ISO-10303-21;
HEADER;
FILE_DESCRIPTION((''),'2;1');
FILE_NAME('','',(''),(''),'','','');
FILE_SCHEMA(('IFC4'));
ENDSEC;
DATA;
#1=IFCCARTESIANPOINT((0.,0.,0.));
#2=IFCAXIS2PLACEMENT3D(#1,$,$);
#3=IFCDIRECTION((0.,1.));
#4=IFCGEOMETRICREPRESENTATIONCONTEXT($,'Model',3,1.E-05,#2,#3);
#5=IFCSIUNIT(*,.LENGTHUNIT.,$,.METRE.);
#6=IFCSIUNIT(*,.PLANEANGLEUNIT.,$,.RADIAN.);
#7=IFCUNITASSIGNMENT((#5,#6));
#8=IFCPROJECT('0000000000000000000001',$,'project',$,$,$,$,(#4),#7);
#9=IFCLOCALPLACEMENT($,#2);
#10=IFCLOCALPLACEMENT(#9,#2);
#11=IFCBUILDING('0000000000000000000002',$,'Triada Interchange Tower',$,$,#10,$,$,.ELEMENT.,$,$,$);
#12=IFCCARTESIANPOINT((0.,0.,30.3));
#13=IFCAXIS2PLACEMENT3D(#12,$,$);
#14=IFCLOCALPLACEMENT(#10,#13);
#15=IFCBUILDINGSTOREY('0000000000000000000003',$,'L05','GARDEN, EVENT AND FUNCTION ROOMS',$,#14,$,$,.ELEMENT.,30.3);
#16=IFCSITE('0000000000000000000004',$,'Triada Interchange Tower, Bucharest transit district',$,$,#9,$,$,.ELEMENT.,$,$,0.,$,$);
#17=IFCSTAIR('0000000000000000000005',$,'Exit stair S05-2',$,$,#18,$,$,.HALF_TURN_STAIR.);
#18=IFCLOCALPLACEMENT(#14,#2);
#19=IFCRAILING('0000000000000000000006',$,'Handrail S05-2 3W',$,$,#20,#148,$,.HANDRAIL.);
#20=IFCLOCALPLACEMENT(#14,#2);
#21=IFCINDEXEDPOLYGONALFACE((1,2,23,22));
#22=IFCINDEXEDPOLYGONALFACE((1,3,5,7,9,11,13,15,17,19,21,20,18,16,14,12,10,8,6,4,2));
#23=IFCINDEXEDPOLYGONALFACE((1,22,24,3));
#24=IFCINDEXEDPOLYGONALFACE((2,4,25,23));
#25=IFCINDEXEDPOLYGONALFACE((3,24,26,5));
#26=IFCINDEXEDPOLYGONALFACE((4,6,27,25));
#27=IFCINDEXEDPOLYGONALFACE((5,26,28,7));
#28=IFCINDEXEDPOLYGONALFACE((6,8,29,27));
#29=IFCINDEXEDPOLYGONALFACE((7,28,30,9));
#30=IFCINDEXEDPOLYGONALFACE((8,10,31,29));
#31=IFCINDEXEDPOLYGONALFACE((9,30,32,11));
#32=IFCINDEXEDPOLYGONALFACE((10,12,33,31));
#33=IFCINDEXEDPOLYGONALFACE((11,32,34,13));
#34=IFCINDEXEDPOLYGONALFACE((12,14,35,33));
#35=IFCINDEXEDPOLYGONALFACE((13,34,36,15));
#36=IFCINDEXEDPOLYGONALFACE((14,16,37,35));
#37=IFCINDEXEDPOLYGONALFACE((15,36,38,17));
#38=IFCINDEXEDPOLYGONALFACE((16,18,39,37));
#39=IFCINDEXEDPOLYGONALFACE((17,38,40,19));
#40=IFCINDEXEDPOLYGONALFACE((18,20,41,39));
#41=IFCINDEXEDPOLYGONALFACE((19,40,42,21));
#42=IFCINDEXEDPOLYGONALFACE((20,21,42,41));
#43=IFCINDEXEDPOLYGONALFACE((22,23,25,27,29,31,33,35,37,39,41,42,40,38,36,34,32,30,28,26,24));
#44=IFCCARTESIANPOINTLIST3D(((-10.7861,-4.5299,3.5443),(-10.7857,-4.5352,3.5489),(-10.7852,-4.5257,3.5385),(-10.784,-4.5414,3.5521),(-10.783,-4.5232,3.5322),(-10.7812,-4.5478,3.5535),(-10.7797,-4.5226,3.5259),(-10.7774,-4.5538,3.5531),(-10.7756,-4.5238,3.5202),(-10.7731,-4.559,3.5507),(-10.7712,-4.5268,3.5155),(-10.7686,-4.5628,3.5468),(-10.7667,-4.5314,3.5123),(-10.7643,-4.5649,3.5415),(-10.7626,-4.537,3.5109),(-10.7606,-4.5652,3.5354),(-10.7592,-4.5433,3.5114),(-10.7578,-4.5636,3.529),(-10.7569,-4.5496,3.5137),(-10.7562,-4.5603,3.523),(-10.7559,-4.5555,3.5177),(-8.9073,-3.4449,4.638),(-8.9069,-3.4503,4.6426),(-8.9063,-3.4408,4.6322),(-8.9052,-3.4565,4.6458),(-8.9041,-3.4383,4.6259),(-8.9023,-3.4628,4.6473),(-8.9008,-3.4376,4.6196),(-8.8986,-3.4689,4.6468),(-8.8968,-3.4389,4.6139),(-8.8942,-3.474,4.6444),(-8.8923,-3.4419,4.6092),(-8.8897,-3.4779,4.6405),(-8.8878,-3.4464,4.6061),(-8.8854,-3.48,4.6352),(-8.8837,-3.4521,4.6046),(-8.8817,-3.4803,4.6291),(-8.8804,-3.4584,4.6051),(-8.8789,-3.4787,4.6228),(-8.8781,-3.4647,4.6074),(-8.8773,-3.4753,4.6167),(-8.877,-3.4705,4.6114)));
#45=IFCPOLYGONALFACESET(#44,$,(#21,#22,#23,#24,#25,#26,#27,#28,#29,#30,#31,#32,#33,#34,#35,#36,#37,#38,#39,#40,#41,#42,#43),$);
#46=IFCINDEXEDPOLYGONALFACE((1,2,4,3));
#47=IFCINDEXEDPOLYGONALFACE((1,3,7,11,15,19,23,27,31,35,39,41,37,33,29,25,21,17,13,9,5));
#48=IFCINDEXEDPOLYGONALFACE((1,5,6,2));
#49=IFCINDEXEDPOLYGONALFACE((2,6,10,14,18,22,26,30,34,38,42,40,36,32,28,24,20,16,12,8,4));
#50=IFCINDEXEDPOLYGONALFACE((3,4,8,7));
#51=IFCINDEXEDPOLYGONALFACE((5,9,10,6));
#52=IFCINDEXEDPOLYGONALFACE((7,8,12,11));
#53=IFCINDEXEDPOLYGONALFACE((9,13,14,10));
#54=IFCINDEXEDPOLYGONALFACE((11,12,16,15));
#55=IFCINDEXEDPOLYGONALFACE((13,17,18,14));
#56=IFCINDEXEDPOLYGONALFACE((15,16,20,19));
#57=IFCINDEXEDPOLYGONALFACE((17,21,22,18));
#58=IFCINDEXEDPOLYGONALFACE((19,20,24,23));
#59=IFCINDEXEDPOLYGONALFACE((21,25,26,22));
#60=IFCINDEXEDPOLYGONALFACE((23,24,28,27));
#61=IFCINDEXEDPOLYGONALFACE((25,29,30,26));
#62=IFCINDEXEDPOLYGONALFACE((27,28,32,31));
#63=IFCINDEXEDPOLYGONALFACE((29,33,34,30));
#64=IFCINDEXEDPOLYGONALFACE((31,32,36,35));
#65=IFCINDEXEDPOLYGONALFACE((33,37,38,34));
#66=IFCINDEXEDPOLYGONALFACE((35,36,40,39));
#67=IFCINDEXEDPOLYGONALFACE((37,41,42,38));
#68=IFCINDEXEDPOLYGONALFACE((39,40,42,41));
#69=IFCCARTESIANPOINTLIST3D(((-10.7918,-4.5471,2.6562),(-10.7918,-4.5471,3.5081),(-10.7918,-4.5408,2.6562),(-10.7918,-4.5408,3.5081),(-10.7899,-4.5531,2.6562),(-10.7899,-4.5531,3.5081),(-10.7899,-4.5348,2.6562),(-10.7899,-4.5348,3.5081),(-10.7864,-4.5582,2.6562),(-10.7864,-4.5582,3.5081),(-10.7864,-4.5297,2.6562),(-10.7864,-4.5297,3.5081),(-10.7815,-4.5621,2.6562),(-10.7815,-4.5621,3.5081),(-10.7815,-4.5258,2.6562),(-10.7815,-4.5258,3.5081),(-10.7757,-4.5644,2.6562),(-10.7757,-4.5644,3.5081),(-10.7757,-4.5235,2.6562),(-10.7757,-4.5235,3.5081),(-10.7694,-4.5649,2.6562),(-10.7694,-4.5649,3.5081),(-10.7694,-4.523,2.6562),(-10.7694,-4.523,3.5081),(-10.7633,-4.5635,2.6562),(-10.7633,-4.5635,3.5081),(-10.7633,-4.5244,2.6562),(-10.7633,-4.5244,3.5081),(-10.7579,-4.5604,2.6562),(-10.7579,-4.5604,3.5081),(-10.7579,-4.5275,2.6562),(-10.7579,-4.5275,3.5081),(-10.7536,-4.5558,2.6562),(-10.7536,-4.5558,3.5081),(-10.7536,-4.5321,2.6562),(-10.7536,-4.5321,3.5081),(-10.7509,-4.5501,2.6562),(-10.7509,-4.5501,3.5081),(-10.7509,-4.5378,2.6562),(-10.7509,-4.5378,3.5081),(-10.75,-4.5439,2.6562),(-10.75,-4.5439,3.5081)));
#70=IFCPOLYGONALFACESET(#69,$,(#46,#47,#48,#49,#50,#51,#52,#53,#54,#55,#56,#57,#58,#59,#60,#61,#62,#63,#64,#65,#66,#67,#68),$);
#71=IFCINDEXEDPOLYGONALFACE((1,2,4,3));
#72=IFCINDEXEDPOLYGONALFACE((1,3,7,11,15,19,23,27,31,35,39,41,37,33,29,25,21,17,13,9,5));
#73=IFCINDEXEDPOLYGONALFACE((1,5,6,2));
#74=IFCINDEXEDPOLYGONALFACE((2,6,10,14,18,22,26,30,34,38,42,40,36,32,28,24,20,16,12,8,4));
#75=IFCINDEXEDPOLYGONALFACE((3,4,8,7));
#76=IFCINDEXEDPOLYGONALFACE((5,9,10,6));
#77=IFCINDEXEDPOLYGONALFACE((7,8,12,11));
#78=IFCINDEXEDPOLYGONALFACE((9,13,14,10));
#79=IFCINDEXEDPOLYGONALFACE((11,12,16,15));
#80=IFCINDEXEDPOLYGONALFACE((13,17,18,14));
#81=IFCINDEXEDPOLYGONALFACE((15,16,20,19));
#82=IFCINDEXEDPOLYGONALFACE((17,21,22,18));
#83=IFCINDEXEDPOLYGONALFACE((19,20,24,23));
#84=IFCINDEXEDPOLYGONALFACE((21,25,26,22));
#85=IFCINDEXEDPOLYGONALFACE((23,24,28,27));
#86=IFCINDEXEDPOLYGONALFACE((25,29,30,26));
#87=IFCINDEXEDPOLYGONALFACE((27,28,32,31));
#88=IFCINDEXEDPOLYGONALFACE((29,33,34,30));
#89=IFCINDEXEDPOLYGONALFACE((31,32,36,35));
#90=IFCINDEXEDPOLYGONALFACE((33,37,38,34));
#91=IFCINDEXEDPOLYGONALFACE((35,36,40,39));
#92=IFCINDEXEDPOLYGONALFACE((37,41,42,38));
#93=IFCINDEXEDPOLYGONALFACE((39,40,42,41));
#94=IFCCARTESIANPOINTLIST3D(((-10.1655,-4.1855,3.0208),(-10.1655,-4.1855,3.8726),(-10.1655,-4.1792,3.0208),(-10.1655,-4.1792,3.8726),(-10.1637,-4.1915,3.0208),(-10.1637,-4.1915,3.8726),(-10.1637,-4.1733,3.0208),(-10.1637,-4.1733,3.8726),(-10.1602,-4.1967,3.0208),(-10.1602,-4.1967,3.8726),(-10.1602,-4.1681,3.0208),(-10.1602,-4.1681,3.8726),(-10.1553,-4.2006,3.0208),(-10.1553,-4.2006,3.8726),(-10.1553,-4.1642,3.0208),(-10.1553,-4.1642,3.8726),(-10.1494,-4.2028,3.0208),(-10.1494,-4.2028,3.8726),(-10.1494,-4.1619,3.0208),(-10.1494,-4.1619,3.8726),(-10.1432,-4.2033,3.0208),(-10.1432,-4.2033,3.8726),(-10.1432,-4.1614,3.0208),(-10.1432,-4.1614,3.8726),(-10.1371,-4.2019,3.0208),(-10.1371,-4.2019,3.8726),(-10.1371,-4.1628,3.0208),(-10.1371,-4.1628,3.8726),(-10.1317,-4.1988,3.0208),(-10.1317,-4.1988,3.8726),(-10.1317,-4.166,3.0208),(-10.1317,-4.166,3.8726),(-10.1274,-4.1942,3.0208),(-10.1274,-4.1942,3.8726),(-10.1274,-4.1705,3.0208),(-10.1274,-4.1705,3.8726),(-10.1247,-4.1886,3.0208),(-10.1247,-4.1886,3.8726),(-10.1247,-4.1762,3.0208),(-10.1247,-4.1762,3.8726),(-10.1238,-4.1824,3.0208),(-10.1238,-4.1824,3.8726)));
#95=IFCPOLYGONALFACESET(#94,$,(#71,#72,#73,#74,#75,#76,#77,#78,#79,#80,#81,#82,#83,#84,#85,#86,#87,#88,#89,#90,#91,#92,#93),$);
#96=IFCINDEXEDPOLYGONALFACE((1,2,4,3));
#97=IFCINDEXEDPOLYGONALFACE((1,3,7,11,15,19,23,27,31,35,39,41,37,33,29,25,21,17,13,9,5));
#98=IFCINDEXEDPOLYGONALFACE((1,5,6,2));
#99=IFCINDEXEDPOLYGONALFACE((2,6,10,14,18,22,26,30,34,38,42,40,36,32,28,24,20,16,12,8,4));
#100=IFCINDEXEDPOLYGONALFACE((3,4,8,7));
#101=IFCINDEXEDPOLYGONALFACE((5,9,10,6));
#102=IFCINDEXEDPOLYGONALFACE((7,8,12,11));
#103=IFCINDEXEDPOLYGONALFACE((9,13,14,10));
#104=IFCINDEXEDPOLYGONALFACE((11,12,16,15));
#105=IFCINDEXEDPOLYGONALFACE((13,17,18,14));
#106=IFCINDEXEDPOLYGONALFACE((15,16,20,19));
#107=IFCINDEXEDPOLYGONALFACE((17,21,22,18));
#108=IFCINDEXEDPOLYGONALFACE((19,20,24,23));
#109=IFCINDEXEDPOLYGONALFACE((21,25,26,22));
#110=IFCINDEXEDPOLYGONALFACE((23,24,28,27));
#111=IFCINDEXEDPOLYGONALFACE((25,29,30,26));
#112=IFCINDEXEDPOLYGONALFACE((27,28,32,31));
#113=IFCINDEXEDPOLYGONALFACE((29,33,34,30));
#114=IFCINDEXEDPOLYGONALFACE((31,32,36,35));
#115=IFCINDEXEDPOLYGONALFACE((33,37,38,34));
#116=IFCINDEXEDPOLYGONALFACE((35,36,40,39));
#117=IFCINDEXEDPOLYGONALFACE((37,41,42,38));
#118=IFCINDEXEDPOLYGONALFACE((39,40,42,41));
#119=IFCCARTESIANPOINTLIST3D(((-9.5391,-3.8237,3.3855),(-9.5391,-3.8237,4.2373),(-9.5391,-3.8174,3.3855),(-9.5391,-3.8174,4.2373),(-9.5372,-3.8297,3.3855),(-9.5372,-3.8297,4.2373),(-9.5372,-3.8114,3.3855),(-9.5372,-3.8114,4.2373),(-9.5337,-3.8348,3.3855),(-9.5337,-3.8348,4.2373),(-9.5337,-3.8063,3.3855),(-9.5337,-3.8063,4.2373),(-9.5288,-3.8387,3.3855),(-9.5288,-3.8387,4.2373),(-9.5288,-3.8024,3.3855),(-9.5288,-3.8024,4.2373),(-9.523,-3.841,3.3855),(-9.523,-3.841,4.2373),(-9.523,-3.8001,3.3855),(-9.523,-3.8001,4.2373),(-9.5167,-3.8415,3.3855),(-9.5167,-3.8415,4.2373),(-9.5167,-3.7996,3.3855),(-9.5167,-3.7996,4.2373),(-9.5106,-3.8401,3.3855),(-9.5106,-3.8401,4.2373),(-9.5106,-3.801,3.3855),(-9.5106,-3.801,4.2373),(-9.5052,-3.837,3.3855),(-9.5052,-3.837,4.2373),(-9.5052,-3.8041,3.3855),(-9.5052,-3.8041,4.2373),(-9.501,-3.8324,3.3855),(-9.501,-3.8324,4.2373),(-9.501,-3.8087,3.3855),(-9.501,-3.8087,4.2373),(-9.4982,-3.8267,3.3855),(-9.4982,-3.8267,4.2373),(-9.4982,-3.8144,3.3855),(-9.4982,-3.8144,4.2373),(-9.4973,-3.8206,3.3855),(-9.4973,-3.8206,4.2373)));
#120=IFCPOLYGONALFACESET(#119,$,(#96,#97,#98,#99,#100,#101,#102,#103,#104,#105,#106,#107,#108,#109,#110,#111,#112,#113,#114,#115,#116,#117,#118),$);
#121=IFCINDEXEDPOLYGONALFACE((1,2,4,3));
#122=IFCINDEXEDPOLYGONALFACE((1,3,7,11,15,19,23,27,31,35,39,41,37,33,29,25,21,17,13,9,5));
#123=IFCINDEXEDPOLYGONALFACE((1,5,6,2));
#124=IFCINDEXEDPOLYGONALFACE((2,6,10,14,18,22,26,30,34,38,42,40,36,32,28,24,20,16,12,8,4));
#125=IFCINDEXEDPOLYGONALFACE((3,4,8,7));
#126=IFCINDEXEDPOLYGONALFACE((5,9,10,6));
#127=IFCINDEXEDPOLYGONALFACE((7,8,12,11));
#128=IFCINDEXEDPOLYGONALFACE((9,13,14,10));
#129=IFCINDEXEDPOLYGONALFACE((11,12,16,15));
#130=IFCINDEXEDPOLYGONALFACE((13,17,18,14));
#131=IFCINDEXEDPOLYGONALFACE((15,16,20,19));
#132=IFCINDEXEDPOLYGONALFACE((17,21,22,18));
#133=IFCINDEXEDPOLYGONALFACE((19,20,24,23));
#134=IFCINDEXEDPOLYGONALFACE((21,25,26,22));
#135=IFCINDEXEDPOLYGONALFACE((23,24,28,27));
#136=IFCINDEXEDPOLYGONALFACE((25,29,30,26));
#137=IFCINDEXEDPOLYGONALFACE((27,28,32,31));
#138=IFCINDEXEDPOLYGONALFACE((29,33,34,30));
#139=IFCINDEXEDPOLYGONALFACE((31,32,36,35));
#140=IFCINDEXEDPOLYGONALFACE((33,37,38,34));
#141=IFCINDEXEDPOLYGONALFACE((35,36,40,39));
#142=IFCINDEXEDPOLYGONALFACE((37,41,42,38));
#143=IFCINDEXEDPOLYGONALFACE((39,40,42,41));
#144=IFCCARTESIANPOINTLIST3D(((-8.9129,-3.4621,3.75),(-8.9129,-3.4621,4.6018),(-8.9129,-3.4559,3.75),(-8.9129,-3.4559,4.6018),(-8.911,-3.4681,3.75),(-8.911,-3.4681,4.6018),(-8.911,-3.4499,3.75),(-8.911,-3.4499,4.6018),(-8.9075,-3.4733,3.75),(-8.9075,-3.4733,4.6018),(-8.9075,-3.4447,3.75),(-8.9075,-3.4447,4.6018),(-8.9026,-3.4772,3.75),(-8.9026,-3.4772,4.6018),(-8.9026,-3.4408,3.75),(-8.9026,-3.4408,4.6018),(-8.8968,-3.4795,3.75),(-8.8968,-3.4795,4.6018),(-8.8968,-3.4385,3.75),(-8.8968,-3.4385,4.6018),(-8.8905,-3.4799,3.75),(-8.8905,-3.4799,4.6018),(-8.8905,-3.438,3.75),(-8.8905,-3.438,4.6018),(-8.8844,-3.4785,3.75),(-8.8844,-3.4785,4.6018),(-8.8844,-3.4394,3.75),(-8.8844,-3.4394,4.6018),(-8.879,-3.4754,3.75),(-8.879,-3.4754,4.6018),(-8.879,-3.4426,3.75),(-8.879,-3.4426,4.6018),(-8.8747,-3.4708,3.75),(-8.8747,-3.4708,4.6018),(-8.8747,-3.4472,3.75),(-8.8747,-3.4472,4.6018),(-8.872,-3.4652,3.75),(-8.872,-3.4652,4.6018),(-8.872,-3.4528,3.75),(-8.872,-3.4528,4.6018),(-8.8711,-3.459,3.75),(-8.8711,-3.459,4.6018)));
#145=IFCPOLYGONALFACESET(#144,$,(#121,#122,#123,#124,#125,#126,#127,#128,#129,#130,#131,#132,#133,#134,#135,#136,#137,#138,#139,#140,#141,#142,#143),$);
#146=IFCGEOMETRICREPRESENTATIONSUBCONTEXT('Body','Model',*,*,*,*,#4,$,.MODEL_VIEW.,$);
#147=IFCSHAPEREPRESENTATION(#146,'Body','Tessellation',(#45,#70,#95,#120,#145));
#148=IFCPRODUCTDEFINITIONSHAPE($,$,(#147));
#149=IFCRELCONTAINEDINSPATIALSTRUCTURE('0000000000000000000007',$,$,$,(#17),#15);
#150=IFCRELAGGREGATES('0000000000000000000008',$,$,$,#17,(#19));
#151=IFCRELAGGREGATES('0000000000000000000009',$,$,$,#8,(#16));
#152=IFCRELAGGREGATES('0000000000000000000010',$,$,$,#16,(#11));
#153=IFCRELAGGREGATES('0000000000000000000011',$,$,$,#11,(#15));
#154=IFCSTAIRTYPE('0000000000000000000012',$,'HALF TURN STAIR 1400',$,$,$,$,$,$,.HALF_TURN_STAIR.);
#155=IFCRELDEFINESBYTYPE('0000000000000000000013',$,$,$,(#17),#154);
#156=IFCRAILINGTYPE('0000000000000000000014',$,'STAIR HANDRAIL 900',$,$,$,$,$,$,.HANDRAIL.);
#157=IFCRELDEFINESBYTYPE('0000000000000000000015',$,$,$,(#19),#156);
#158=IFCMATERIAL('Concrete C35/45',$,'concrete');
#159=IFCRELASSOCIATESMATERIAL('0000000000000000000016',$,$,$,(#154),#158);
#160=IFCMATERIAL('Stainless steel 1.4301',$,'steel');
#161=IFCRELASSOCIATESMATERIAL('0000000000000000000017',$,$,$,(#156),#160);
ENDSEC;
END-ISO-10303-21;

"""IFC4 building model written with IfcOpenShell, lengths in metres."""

from ifc_helpers import new_model, si_unit, direction, frame, origin, origin_2d, place, context, subcontext, project, spatial, circle, extrude, material, type_object, element, aggregate, save


model = new_model("IFC4")

# Units and contexts
model_context = context("Model", 3, precision=1e-05, world=origin(), true_north=direction((0.0, 1.0)))
body_context = subcontext(model_context, "Body", "Model", "MODEL_VIEW")
ifc_project = project(units=[si_unit("LENGTHUNIT", "METRE"), si_unit("PLANEANGLEUNIT", "RADIAN")], contexts=[model_context])

# Site, building, storey
site_placement = place(None, origin())
site = spatial("IfcSite", under=ifc_project, at=site_placement, Name="Triada Interchange Tower, Bucharest transit district", CompositionType="ELEMENT", RefElevation=0.0)
building_placement = place(site_placement, origin())
building = spatial("IfcBuilding", under=site, at=building_placement, Name="Triada Interchange Tower", CompositionType="ELEMENT")
storey_placement = place(building_placement, frame((0.0, 0.0, 30.3)))
storey = spatial("IfcBuildingStorey", under=building, at=storey_placement, Name="L05", Description="GARDEN, EVENT AND FUNCTION ROOMS", CompositionType="ELEMENT", Elevation=30.3)

# Shared definitions
ifc_material_1 = material(Name="Concrete C35/45", Category="concrete")

# Stair
stair_type = type_object("IfcStairType", Name="HALF TURN STAIR 1400", PredefinedType="HALF_TURN_STAIR", material=ifc_material_1)
stair_placement = place(storey_placement, origin())
stair = element("IfcStair", 1, at=stair_placement, inside=storey, type_object=stair_type, Name="Exit stair S05-2", PredefinedType="HALF_TURN_STAIR")
ifc_material_2 = material(Name="Stainless steel 1.4301", Category="steel")

# Railing
railing_type_1 = type_object("IfcRailingType", Name="STAIR HANDRAIL 900", PredefinedType="HANDRAIL", material=ifc_material_2)
railing_1_placement = place(storey_placement, frame((-10.771, -4.5439, 2.6562)))
railing_1 = element("IfcRailing", 2, at=railing_1_placement, type_object=railing_type_1, Name="Handrail S05-2 3W", PredefinedType="HANDRAIL", context=body_context, shape_type="SweptSolid", body=[
    extrude(circle(Radius=0.0239, at=origin_2d()), frame((0.0, 0.0, 0.876), z_axis=(0.77329, 0.446531, 0.450148), x_axis=(-0.50006, 0.865991, 0.0)), (0.0, 0.0, 1.0), 2.4297),
    extrude(circle(Radius=0.021, at=origin_2d()), origin(), (0.0, 0.0, 1.0), 0.8518),
    extrude(circle(Radius=0.021, at=origin_2d()), frame((0.6262, 0.3616, 0.3645)), (0.0, 0.0, 1.0), 0.8518),
    extrude(circle(Radius=0.021, at=origin_2d()), frame((1.2527, 0.7234, 0.7292)), (0.0, 0.0, 1.0), 0.8518),
    extrude(circle(Radius=0.021, at=origin_2d()), frame((1.8789, 1.085, 1.0938)), (0.0, 0.0, 1.0), 0.8518),
])
aggregate(stair, [railing_1])

save(model, "model.ifc")
